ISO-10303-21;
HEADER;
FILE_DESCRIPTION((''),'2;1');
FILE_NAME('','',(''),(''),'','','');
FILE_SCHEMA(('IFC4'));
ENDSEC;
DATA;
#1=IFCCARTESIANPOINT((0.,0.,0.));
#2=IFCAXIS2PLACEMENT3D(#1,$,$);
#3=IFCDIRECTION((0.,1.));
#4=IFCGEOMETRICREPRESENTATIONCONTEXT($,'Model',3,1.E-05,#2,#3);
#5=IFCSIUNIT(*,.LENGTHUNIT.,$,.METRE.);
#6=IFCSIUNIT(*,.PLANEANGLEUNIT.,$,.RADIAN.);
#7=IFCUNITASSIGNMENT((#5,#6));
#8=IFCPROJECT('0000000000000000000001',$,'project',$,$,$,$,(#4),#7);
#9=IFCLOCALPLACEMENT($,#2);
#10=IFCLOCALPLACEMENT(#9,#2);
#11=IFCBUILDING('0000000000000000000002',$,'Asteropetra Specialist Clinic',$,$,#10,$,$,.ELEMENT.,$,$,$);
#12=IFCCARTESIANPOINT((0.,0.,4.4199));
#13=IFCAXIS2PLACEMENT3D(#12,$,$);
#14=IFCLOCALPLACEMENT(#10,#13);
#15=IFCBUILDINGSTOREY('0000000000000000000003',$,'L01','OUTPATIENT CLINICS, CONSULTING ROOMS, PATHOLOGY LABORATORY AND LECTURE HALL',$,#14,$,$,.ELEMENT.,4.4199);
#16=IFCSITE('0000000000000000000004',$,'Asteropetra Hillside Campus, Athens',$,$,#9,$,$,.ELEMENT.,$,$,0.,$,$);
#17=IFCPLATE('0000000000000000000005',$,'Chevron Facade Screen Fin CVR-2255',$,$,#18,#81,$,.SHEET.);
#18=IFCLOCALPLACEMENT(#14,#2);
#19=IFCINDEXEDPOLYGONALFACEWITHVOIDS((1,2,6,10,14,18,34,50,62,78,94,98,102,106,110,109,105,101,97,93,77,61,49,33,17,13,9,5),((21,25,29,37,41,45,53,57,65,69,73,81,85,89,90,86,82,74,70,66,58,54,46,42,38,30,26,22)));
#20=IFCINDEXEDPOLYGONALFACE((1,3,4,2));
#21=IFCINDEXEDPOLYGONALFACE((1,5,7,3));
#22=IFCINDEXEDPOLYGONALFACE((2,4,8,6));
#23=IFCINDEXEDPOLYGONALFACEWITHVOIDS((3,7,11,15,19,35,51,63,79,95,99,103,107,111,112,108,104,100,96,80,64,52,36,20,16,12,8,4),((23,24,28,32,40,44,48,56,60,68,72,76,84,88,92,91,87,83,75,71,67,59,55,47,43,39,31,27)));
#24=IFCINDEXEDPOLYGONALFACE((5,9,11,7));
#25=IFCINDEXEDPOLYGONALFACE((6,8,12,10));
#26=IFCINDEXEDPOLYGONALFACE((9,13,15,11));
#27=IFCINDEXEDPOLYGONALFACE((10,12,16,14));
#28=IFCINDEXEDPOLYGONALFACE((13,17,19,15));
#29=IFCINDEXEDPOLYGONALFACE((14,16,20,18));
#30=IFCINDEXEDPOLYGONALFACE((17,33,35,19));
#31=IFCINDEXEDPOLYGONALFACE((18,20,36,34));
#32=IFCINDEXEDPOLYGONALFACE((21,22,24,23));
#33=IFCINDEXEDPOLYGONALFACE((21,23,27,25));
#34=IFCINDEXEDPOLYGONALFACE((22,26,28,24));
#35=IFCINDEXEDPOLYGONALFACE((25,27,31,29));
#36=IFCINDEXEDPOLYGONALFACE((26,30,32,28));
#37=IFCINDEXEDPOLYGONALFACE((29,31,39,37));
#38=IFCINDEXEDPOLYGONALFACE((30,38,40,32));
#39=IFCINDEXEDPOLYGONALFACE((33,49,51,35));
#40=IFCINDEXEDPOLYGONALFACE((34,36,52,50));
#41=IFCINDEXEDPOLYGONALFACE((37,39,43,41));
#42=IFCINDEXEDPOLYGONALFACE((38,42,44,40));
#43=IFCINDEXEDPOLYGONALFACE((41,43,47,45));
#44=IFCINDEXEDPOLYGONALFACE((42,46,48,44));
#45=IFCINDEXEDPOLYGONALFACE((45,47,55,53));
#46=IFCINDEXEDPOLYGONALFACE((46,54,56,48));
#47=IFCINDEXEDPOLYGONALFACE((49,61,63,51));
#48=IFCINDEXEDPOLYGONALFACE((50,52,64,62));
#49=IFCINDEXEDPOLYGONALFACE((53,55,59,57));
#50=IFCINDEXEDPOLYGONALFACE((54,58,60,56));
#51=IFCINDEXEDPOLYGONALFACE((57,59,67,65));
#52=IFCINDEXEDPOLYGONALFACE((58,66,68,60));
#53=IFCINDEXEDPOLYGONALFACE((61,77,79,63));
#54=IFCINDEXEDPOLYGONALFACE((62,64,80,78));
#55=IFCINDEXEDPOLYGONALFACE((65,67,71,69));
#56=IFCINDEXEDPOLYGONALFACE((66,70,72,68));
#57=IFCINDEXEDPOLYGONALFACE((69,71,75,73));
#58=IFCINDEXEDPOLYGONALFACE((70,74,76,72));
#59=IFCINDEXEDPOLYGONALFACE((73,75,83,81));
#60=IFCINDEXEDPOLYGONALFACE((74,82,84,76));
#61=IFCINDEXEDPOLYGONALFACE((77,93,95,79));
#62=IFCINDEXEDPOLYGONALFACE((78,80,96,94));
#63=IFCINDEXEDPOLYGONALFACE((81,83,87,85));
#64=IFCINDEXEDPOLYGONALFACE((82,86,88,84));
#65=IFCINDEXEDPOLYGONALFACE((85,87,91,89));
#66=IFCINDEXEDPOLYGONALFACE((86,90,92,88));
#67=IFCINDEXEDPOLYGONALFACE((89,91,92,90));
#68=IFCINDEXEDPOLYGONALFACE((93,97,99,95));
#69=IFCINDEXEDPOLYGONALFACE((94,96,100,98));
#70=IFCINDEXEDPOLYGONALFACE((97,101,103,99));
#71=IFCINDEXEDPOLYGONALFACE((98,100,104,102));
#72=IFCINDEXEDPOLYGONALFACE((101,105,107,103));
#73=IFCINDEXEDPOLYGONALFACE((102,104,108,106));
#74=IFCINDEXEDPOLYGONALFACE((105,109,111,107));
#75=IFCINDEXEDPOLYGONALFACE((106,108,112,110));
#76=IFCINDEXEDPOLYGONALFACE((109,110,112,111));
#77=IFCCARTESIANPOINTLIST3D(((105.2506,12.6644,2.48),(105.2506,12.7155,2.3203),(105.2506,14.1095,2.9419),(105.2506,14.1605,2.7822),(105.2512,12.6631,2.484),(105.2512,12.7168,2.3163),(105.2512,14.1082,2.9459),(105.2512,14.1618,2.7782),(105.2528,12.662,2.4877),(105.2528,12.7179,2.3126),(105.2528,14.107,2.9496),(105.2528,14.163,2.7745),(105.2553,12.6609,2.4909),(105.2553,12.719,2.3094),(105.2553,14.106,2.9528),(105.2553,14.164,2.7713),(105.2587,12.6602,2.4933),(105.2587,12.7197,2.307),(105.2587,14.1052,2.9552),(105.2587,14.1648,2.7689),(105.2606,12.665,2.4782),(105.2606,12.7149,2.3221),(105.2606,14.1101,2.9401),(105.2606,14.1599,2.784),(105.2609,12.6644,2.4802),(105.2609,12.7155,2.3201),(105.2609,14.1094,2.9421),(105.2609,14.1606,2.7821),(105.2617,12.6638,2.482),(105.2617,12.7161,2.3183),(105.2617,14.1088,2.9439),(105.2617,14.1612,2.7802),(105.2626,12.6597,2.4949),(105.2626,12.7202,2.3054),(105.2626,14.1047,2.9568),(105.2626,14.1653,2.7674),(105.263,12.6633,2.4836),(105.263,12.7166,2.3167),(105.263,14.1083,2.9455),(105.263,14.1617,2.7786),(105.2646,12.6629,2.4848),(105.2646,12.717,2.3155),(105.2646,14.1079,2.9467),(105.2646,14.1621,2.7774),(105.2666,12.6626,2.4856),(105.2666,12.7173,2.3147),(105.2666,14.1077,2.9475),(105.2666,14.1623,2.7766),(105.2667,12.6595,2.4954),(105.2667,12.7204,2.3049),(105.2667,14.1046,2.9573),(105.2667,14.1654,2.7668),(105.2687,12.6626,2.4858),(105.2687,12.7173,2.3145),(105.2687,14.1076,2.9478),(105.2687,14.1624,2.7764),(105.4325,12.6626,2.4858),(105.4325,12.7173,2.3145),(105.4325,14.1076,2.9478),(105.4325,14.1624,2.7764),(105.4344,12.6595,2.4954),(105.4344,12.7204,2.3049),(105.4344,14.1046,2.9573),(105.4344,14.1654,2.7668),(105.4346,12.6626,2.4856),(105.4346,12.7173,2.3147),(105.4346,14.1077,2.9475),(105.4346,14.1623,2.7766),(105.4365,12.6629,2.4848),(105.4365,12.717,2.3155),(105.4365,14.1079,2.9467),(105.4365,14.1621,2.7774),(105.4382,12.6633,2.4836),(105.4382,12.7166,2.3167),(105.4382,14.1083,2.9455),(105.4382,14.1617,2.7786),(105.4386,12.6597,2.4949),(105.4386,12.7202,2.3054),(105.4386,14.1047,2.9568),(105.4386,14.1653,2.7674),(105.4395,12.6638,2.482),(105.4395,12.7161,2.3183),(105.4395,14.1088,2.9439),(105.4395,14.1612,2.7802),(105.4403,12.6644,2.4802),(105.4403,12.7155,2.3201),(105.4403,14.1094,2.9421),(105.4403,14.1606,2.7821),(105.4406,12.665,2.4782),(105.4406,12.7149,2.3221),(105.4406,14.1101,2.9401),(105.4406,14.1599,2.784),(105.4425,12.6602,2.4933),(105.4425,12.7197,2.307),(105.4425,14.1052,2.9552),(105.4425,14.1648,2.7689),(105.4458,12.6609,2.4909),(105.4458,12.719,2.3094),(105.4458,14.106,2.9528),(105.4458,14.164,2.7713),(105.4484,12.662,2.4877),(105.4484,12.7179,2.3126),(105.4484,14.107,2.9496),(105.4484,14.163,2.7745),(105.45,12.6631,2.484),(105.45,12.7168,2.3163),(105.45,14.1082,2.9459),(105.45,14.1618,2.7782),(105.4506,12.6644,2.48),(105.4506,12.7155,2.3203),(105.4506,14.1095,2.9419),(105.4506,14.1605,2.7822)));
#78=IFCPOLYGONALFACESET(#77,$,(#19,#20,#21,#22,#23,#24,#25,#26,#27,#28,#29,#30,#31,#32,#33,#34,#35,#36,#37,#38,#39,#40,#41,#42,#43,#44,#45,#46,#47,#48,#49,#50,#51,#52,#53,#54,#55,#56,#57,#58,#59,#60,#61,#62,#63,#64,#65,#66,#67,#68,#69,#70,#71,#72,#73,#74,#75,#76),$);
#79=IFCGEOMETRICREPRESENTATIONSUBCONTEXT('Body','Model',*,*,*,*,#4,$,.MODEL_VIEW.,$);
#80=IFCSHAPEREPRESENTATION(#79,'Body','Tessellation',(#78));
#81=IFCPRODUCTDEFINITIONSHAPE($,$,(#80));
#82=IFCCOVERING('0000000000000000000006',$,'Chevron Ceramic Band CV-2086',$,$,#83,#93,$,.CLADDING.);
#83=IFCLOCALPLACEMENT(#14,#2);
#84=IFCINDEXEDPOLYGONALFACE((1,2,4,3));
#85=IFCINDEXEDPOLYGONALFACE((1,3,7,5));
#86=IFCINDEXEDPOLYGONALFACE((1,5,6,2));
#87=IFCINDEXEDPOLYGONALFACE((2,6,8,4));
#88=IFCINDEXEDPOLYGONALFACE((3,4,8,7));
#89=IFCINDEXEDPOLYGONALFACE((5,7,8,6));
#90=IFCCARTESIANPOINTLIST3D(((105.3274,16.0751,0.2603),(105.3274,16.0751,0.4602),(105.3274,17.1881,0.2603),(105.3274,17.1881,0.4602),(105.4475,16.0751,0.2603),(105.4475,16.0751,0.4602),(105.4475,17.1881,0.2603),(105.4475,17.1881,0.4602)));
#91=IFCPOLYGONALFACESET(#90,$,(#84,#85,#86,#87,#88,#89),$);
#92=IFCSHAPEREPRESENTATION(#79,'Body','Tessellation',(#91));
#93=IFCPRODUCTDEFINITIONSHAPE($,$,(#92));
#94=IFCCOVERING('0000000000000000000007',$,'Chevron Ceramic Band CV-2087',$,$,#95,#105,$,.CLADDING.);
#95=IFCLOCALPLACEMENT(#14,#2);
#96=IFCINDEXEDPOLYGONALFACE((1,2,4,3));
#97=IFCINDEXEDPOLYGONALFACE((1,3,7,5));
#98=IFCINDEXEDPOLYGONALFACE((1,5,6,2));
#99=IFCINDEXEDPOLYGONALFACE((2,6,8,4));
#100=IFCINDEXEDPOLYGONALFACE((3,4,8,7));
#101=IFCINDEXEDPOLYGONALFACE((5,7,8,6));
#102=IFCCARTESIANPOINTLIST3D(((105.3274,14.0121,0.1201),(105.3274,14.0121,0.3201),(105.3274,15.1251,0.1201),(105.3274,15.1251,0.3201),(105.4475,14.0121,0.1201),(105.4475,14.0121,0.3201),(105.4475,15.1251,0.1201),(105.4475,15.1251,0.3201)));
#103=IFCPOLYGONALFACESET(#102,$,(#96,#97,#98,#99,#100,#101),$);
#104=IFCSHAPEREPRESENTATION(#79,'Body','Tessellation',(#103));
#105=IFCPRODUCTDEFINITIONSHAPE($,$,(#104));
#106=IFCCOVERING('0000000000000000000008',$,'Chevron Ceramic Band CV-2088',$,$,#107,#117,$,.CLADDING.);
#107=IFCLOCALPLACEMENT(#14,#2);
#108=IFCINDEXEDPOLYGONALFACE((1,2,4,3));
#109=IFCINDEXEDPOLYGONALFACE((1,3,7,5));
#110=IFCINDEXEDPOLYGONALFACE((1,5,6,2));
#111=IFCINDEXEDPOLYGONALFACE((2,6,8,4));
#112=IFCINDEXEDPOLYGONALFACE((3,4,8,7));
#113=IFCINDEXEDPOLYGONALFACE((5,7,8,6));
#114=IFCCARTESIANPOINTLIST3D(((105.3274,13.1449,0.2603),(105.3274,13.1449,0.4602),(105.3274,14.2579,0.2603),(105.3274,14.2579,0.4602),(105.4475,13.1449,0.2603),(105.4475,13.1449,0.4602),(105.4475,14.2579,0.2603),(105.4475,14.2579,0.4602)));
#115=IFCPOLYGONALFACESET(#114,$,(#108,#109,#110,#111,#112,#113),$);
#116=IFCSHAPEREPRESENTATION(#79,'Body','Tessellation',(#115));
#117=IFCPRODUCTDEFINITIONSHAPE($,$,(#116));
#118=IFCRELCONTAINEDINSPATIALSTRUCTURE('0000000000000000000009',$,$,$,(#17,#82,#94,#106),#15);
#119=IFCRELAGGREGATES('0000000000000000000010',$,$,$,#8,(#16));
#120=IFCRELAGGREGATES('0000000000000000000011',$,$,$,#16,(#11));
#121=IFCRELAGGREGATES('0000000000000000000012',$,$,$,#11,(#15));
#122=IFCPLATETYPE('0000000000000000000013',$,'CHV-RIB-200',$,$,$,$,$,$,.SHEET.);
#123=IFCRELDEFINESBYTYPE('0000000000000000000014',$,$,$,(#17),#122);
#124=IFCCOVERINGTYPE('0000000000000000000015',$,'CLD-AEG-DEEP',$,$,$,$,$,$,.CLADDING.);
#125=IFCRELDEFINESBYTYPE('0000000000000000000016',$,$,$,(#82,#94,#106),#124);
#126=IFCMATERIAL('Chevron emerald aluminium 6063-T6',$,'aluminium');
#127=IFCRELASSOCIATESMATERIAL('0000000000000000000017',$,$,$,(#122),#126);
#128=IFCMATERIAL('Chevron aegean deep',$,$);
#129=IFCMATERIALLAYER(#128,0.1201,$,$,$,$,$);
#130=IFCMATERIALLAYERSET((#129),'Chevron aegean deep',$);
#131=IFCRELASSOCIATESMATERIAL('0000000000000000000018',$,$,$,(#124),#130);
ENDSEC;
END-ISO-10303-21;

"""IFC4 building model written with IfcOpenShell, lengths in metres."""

from ifc_helpers import new_model, si_unit, direction, frame, origin, origin_2d, place, context, subcontext, project, spatial, rectangle, hollow_rectangle, extrude, material, layer, layer_set, material_profile, profile_set, type_object, element, save


model = new_model("IFC4")

# Units and contexts
model_context = context("Model", 3, precision=1e-05, world=origin(), true_north=direction((0.0, 1.0)))
body_context = subcontext(model_context, "Body", "Model", "MODEL_VIEW")
ifc_project = project(units=[si_unit("LENGTHUNIT", "METRE"), si_unit("PLANEANGLEUNIT", "RADIAN")], contexts=[model_context])

# Site, building, storey
site_placement = place(None, origin())
site = spatial("IfcSite", under=ifc_project, at=site_placement, Name="Asteropetra Hillside Campus, Athens", CompositionType="ELEMENT", RefElevation=0.0)
building_placement = place(site_placement, origin())
building = spatial("IfcBuilding", under=site, at=building_placement, Name="Asteropetra Specialist Clinic", CompositionType="ELEMENT")
storey_placement = place(building_placement, frame((0.0, 0.0, 4.4199)))
storey = spatial("IfcBuildingStorey", under=building, at=storey_placement, Name="L01", Description="OUTPATIENT CLINICS, CONSULTING ROOMS, PATHOLOGY LABORATORY AND LECTURE HALL", CompositionType="ELEMENT", Elevation=4.4199)

# Plate
ifc_material_1 = material(Name="Chevron emerald aluminium 6063-T6", Category="aluminium")
ifc_material_profile = material_profile(ifc_material_1, hollow_rectangle(XDim=0.2, YDim=0.2, WallThickness=0.01, InnerFilletRadius=0.0081, OuterFilletRadius=0.0161, at=origin_2d()), Name="SHS 200x200x10.0")
ifc_profile_set = profile_set([ifc_material_profile], Name="Chevron emerald aluminium 6063-T6")
plate_type = type_object("IfcPlateType", Name="CHV-RIB-200", PredefinedType="SHEET", material=ifc_profile_set)
for number, where, z_axis, x_axis, name in (
    (1, (105.3506, 14.135, 2.8621), (0.0, -0.952521, -0.304472), (1.0, 0.0, 0.0), "Chevron Facade Screen Fin CVR-2255"),
):
    element("IfcPlate", number, at=place(storey_placement, frame(where, z_axis=z_axis, x_axis=x_axis)), inside=storey, type_object=plate_type, Name=name, PredefinedType="SHEET", context=body_context, shape_type="SweptSolid", body=[
        extrude(hollow_rectangle(XDim=0.2, YDim=0.2, WallThickness=0.01, InnerFilletRadius=0.0081, OuterFilletRadius=0.0161, at=origin_2d()), origin(), (0.0, 0.0, 1.0), 1.5171),
    ])

# Coverings
ifc_material_2 = material(Name="Chevron aegean deep")
ifc_layer = layer(ifc_material_2, 0.1201)
ifc_layer_set = layer_set([ifc_layer], Name="Chevron aegean deep")
covering_type = type_object("IfcCoveringType", Name="CLD-AEG-DEEP", PredefinedType="CLADDING", material=ifc_layer_set)
for number, where, z_axis, x_axis, name in (
    (2, (105.3875, 16.6316, 0.2603), (0.0, 0.0, 1.0), (1.0, 0.0, 0.0), "Chevron Ceramic Band CV-2086"),
    (3, (105.3875, 14.5686, 0.1201), (0.0, 0.0, 1.0), (1.0, 0.0, 0.0), "Chevron Ceramic Band CV-2087"),
    (4, (105.3875, 13.7014, 0.2603), (0.0, 0.0, 1.0), (1.0, 0.0, 0.0), "Chevron Ceramic Band CV-2088"),
):
    element("IfcCovering", number, at=place(storey_placement, frame(where, z_axis=z_axis, x_axis=x_axis)), inside=storey, type_object=covering_type, Name=name, PredefinedType="CLADDING", context=body_context, shape_type="SweptSolid", body=[
        extrude(rectangle(XDim=0.1201, YDim=1.113, at=origin_2d()), origin(), (0.0, 0.0, 1.0), 0.2),
    ])

save(model, "model.ifc")
